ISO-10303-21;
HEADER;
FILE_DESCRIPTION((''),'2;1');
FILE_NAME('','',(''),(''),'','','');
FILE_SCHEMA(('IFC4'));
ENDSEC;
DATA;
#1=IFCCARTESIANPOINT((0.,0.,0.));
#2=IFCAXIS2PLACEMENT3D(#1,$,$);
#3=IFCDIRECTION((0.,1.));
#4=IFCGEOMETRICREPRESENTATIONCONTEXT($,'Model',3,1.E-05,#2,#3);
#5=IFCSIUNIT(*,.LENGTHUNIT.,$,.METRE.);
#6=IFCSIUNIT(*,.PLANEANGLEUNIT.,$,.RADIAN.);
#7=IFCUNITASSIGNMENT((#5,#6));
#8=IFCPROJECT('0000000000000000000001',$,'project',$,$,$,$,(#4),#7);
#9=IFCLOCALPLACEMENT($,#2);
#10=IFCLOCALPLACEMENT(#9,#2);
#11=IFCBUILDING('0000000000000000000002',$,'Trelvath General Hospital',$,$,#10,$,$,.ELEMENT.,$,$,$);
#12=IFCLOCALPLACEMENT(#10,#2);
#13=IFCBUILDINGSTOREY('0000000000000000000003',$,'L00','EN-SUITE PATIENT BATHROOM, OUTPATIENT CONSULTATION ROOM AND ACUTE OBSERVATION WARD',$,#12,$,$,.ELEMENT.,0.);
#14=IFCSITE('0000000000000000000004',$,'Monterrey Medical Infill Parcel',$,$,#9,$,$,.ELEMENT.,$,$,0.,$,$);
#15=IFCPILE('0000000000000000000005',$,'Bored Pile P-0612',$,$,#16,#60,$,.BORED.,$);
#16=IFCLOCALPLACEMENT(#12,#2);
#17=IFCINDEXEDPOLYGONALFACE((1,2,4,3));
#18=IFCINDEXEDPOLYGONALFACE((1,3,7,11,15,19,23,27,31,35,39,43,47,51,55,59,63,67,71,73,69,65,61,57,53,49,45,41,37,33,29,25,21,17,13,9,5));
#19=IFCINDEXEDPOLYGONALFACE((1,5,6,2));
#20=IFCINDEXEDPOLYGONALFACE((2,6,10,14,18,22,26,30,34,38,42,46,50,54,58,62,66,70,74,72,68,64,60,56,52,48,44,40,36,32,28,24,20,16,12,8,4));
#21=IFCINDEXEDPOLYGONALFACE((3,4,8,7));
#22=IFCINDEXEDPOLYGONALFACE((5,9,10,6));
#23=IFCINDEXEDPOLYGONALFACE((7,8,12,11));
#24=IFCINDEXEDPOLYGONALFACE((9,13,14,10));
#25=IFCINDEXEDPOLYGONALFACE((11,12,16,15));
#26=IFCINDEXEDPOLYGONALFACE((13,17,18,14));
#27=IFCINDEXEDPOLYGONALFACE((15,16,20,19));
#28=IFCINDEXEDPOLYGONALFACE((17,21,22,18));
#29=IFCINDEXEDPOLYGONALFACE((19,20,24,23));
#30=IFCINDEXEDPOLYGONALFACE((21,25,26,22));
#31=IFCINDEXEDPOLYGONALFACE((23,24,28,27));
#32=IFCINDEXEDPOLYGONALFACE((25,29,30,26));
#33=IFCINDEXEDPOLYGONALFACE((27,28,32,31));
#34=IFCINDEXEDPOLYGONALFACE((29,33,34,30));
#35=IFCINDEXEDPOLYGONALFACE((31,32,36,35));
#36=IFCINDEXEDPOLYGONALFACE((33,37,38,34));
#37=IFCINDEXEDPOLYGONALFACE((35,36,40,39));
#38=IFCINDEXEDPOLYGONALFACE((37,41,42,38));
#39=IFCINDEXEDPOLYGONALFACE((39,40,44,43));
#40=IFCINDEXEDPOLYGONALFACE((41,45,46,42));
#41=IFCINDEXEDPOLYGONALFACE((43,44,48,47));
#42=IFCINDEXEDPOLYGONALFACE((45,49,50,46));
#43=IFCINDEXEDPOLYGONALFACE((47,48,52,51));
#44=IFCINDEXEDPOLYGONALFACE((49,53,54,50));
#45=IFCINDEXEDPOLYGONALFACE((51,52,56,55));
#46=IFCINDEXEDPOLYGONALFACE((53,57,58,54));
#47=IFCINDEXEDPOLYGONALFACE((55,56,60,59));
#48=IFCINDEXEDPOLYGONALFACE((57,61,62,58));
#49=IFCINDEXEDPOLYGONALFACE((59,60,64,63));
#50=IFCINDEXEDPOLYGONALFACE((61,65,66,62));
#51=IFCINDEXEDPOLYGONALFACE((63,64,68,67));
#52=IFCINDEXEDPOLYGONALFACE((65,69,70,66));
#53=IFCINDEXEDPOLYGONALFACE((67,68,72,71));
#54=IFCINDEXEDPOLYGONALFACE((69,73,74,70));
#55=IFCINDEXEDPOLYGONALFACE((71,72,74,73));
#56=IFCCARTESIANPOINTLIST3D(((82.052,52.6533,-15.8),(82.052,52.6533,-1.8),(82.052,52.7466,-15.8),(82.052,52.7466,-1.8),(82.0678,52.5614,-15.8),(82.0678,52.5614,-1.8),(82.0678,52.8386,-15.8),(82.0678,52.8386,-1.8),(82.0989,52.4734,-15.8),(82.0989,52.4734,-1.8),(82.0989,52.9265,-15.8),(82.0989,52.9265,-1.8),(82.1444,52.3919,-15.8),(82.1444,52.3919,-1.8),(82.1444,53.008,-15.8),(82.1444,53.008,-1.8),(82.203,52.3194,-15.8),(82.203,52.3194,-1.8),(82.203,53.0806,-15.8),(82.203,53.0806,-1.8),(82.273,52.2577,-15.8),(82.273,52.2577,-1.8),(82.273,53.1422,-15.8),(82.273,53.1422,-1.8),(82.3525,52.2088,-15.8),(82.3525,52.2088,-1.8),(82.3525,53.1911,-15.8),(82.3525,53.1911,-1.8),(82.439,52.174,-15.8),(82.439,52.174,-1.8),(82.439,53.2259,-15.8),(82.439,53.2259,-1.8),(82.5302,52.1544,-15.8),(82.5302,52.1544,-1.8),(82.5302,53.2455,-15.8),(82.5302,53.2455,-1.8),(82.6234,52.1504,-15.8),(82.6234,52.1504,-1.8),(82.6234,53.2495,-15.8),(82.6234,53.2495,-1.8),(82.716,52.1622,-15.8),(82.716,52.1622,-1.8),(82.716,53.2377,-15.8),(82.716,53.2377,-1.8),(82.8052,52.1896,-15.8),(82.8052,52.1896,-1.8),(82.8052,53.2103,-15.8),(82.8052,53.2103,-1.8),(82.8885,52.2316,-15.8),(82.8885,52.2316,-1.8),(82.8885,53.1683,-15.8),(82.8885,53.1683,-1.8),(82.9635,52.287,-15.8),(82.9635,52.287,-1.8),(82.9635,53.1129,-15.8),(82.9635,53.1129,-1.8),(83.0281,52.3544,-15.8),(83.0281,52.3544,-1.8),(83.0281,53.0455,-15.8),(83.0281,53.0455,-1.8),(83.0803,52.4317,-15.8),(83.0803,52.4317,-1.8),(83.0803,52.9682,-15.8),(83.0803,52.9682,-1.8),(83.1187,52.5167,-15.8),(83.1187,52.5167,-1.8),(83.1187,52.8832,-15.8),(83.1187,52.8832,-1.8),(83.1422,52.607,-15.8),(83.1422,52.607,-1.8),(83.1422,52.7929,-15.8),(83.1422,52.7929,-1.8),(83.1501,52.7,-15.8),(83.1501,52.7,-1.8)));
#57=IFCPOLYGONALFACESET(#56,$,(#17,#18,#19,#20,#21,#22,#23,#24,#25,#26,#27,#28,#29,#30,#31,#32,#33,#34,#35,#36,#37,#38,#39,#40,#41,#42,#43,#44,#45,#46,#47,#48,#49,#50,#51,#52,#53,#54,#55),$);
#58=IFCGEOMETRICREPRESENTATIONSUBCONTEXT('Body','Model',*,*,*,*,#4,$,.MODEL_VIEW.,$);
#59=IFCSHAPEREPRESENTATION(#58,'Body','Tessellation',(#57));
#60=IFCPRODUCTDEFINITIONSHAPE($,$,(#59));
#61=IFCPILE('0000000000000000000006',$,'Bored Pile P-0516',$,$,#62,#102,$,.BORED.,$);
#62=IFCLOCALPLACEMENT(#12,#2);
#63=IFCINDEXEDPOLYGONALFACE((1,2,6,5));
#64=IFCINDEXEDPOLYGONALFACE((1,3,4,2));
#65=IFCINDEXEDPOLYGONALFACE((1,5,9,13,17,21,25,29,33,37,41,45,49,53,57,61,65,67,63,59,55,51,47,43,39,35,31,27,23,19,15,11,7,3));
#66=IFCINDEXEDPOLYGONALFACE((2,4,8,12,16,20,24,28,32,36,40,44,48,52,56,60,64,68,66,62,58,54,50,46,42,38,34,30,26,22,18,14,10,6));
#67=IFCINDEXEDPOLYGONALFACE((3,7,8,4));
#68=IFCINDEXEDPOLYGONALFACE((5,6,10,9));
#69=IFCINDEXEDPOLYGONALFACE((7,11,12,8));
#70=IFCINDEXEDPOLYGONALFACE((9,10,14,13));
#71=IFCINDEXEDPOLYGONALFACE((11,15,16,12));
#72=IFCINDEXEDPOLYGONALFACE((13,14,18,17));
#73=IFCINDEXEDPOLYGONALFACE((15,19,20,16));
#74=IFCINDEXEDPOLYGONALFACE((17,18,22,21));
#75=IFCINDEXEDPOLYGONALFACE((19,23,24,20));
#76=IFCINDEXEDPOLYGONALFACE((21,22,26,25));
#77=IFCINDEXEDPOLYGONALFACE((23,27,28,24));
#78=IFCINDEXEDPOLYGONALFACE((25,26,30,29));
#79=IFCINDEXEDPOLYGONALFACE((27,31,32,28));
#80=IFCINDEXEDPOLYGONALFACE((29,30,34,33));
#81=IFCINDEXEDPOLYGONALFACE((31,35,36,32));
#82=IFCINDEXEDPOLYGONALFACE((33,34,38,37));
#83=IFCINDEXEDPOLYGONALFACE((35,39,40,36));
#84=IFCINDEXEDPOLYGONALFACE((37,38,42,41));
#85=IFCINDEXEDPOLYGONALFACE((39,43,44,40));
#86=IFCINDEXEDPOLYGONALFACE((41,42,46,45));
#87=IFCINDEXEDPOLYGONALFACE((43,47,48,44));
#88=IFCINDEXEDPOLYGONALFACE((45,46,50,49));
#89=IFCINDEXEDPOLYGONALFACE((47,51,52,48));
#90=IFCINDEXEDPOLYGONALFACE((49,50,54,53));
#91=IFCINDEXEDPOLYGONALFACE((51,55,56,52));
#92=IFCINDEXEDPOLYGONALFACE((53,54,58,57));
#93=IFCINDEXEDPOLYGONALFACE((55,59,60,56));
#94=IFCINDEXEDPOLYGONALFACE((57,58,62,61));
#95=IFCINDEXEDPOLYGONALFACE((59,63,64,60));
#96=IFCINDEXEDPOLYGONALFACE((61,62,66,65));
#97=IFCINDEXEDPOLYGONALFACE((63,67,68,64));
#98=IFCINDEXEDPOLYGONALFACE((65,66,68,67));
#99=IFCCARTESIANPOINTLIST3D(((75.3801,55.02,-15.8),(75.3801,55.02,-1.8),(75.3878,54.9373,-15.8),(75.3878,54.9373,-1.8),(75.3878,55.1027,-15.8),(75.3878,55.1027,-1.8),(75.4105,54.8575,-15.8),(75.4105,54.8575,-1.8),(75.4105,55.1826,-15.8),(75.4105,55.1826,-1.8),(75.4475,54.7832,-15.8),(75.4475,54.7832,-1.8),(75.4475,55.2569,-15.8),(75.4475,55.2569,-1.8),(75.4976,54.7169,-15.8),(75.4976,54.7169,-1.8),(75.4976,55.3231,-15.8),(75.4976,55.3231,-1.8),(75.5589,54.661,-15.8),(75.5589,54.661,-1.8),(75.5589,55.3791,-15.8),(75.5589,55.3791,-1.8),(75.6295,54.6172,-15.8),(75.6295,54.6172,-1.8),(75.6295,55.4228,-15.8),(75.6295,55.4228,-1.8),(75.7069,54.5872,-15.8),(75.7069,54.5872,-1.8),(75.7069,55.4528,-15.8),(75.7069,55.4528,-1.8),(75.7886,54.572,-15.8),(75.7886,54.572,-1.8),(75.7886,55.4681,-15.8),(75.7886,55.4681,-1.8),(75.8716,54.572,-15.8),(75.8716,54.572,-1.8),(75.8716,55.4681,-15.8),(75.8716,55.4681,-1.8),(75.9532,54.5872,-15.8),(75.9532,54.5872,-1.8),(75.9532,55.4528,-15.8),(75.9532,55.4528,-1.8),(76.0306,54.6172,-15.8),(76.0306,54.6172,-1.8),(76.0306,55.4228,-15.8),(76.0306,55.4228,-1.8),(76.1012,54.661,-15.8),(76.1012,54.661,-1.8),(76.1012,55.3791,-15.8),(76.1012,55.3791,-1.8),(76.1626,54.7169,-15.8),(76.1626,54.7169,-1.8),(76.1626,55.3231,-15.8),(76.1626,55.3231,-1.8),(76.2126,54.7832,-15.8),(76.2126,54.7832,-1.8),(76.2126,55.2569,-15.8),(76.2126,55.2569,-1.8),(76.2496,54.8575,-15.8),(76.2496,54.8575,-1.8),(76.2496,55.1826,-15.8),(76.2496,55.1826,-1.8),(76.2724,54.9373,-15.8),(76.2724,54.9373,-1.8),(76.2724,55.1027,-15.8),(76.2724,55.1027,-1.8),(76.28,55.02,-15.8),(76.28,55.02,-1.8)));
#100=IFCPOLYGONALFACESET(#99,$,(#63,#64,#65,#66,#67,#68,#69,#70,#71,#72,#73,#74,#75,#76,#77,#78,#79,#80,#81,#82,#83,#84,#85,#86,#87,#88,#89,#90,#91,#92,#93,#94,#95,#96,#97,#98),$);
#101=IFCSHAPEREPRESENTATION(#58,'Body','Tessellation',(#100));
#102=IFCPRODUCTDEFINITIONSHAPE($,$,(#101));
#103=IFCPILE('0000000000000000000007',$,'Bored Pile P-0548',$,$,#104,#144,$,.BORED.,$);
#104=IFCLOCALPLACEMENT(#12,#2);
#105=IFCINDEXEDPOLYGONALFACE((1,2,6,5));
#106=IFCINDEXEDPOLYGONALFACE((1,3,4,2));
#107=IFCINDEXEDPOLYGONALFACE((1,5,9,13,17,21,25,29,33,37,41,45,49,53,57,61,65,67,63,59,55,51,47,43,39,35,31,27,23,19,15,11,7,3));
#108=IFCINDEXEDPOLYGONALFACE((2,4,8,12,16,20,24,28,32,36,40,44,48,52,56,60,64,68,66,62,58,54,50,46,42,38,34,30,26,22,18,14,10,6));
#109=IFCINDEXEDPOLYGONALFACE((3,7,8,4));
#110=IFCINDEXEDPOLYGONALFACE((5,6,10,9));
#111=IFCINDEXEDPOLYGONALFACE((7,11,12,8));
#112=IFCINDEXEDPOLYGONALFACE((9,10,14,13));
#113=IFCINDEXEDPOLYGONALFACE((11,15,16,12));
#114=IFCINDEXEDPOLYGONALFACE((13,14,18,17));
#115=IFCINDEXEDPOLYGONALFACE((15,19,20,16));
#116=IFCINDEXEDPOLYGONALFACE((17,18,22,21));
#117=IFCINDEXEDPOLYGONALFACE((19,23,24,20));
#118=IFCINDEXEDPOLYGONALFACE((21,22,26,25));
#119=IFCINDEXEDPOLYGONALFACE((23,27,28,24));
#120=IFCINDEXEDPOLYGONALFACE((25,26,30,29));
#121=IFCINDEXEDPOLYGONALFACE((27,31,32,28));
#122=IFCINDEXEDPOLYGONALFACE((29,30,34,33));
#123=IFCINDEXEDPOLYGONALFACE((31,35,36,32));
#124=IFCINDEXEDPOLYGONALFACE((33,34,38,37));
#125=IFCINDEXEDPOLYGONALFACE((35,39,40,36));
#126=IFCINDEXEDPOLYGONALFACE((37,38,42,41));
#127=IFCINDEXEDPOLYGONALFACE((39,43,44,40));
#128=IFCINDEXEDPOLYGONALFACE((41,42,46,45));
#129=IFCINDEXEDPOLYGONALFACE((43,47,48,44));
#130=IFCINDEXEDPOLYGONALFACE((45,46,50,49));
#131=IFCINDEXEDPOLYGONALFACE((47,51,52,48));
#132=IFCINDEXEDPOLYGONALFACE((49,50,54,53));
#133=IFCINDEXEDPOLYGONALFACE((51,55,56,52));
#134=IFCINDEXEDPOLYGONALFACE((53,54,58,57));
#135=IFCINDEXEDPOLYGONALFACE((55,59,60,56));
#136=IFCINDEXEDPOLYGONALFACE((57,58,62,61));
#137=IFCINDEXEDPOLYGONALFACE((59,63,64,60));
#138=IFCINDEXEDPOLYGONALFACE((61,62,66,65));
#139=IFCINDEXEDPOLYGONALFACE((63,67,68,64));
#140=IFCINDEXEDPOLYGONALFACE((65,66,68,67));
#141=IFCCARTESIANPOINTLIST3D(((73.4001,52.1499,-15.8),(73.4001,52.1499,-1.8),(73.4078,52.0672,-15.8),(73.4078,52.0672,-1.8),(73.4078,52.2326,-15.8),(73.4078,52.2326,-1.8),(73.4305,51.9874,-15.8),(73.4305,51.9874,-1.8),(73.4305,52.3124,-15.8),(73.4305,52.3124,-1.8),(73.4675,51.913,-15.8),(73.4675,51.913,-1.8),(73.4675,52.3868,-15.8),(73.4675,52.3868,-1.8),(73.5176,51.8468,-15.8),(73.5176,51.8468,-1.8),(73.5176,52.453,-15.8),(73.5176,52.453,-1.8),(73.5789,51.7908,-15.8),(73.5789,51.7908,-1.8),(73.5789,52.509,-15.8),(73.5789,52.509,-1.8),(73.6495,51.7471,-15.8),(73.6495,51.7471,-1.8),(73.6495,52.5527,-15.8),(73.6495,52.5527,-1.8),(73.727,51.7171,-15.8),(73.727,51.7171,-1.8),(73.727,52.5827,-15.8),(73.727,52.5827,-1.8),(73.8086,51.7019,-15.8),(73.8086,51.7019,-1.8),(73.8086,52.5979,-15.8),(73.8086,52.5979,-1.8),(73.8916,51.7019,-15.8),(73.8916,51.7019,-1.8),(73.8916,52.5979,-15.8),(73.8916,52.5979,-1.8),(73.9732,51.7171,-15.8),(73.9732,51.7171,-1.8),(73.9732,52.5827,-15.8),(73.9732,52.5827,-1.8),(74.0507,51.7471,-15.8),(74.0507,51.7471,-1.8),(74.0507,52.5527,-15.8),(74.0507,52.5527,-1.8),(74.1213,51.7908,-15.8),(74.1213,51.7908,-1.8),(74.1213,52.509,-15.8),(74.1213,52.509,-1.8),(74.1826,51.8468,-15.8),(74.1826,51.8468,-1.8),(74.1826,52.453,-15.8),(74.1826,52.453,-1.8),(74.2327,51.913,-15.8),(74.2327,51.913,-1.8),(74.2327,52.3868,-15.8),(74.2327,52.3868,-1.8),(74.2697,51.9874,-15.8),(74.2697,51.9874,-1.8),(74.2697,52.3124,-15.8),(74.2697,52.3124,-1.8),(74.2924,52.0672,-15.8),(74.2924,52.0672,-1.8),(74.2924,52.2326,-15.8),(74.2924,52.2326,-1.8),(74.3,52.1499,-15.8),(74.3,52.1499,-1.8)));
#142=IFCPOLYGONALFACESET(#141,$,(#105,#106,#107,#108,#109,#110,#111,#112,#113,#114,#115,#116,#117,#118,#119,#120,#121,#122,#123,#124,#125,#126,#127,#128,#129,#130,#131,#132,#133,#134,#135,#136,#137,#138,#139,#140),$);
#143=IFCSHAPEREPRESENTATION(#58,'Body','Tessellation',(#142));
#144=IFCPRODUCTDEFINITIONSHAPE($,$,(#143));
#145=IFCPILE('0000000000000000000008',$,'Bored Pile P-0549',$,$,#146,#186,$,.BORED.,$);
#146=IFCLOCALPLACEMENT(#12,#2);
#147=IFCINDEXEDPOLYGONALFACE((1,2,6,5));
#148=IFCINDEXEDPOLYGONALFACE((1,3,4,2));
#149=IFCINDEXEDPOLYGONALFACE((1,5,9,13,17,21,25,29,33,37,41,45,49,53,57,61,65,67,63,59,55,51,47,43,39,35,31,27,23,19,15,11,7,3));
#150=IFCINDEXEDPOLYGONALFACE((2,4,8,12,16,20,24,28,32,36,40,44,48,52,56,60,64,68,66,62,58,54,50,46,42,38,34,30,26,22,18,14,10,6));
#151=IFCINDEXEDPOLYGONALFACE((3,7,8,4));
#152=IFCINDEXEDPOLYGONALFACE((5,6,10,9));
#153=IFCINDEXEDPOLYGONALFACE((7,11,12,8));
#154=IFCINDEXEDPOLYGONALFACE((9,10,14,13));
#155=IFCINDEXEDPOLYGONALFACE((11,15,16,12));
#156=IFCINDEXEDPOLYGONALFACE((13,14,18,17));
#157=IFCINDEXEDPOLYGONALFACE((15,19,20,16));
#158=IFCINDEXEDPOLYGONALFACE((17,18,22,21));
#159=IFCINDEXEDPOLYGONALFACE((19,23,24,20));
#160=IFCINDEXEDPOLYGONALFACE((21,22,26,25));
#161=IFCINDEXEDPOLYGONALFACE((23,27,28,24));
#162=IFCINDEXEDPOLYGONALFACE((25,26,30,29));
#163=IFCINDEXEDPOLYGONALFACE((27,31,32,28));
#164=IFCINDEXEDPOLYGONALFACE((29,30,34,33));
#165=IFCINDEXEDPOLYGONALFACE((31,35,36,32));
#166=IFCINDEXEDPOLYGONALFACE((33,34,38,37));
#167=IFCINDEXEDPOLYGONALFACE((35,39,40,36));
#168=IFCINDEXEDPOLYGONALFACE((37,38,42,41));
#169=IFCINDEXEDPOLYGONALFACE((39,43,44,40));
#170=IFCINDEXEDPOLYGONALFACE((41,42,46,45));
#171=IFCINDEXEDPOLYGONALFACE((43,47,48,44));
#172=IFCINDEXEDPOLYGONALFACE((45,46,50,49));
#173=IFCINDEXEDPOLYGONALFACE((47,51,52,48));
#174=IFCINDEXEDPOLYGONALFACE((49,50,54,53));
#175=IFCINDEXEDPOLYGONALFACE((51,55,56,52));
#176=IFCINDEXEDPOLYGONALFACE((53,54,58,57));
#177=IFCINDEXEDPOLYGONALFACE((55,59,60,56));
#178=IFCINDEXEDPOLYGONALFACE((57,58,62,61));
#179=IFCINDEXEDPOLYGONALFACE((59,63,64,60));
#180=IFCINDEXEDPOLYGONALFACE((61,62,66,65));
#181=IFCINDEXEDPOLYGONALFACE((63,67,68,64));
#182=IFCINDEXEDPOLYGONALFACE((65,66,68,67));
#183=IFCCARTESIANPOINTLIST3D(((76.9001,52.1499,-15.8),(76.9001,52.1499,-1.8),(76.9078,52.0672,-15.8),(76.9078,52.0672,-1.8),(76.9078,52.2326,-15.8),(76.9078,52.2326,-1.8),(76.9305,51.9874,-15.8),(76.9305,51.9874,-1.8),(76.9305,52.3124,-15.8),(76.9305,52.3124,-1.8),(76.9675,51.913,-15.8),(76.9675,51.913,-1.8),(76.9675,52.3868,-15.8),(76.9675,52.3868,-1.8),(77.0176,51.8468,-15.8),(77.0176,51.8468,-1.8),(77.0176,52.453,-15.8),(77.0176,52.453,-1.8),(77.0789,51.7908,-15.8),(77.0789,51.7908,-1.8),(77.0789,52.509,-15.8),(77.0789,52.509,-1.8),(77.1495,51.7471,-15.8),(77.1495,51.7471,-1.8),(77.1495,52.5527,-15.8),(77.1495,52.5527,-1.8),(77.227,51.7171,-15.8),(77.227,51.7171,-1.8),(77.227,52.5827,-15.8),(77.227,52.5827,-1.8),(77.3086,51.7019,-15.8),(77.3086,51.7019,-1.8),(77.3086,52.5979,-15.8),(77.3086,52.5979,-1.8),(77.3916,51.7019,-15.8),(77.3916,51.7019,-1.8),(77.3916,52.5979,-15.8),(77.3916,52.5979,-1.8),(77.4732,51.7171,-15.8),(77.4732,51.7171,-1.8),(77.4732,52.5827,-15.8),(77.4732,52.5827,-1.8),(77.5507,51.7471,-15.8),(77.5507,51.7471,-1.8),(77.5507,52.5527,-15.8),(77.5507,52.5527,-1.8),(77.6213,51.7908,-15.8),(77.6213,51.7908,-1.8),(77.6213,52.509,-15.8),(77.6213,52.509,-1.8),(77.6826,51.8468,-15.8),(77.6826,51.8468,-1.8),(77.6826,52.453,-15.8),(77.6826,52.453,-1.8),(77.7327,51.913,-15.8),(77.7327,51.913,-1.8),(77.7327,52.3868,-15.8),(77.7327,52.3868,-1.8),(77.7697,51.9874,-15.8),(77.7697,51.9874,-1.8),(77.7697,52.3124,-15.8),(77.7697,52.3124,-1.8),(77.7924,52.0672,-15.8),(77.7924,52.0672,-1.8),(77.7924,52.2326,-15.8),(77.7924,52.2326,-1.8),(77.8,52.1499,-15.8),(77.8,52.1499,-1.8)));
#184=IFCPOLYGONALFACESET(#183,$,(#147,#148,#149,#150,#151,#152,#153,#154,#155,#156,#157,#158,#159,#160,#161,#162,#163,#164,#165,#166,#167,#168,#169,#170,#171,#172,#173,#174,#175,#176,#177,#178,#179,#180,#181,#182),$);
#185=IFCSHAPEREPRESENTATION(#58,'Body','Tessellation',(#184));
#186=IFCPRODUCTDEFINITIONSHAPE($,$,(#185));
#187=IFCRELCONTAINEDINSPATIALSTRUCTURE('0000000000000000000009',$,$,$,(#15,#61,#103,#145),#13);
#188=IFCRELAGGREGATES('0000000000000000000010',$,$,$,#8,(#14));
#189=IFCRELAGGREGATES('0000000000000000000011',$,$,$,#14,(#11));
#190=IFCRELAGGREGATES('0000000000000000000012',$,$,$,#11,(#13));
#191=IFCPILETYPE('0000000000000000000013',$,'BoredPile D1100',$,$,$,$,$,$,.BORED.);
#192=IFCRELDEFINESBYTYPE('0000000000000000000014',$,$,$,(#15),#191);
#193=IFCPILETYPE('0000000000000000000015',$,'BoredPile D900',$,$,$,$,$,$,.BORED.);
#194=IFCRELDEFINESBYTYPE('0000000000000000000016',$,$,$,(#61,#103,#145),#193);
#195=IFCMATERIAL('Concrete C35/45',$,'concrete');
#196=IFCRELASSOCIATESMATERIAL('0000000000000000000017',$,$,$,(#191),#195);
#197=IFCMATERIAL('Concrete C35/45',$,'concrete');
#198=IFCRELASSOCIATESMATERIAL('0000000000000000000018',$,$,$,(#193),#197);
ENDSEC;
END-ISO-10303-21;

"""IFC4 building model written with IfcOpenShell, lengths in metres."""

from ifc_helpers import new_model, si_unit, direction, frame, origin, origin_2d, place, context, subcontext, project, spatial, circle, extrude, material, material_profile, profile_set, type_object, element, save


model = new_model("IFC4")

# Units and contexts
model_context = context("Model", 3, precision=1e-05, world=origin(), true_north=direction((0.0, 1.0)))
body_context = subcontext(model_context, "Body", "Model", "MODEL_VIEW")
ifc_project = project(units=[si_unit("LENGTHUNIT", "METRE"), si_unit("PLANEANGLEUNIT", "RADIAN")], contexts=[model_context])

# Site, building, storey
site_placement = place(None, origin())
site = spatial("IfcSite", under=ifc_project, at=site_placement, Name="Monterrey Medical Infill Parcel", CompositionType="ELEMENT", RefElevation=0.0)
building_placement = place(site_placement, origin())
building = spatial("IfcBuilding", under=site, at=building_placement, Name="Trelvath General Hospital", CompositionType="ELEMENT")
storey_placement = place(building_placement, origin())
storey = spatial("IfcBuildingStorey", under=building, at=storey_placement, Name="L00", Description="EN-SUITE PATIENT BATHROOM, OUTPATIENT CONSULTATION ROOM AND ACUTE OBSERVATION WARD", CompositionType="ELEMENT", Elevation=0.0)

# Piles
ifc_material_1 = material(Name="Concrete C35/45", Category="concrete")
ifc_material_profile_1 = material_profile(ifc_material_1, circle(Radius=0.55, at=origin_2d()), Name="PILE1100")
ifc_profile_set_1 = profile_set([ifc_material_profile_1], Name="Concrete C35/45")
pile_type_1 = type_object("IfcPileType", Name="BoredPile D1100", PredefinedType="BORED", material=ifc_profile_set_1)
pile_placement = place(storey_placement, frame((82.6001, 52.7, -1.8), z_axis=(0.0, 0.0, -1.0), x_axis=(1.0, 0.0, 0.0)))
element("IfcPile", 1, at=pile_placement, inside=storey, type_object=pile_type_1, Name="Bored Pile P-0612", PredefinedType="BORED", context=body_context, shape_type="SweptSolid", body=[
    extrude(circle(Radius=0.55, at=origin_2d()), origin(), (0.0, 0.0, 1.0), 14.0),
])
ifc_material_2 = material(Name="Concrete C35/45", Category="concrete")
ifc_material_profile_2 = material_profile(ifc_material_2, circle(Radius=0.45, at=origin_2d()), Name="PILE900")
ifc_profile_set_2 = profile_set([ifc_material_profile_2], Name="Concrete C35/45")
pile_type_2 = type_object("IfcPileType", Name="BoredPile D900", PredefinedType="BORED", material=ifc_profile_set_2)
for number, where, z_axis, x_axis, name in (
    (2, (75.8301, 55.02, -1.8), (0.0, 0.0, -1.0), (1.0, 0.0, 0.0), "Bored Pile P-0516"),
    (3, (73.8501, 52.1499, -1.8), (0.0, 0.0, -1.0), (1.0, 0.0, 0.0), "Bored Pile P-0548"),
    (4, (77.3501, 52.1499, -1.8), (0.0, 0.0, -1.0), (1.0, 0.0, 0.0), "Bored Pile P-0549"),
):
    element("IfcPile", number, at=place(storey_placement, frame(where, z_axis=z_axis, x_axis=x_axis)), inside=storey, type_object=pile_type_2, Name=name, PredefinedType="BORED", context=body_context, shape_type="SweptSolid", body=[
        extrude(circle(Radius=0.45, at=origin_2d()), origin(), (0.0, 0.0, 1.0), 14.0),
    ])

save(model, "model.ifc")
